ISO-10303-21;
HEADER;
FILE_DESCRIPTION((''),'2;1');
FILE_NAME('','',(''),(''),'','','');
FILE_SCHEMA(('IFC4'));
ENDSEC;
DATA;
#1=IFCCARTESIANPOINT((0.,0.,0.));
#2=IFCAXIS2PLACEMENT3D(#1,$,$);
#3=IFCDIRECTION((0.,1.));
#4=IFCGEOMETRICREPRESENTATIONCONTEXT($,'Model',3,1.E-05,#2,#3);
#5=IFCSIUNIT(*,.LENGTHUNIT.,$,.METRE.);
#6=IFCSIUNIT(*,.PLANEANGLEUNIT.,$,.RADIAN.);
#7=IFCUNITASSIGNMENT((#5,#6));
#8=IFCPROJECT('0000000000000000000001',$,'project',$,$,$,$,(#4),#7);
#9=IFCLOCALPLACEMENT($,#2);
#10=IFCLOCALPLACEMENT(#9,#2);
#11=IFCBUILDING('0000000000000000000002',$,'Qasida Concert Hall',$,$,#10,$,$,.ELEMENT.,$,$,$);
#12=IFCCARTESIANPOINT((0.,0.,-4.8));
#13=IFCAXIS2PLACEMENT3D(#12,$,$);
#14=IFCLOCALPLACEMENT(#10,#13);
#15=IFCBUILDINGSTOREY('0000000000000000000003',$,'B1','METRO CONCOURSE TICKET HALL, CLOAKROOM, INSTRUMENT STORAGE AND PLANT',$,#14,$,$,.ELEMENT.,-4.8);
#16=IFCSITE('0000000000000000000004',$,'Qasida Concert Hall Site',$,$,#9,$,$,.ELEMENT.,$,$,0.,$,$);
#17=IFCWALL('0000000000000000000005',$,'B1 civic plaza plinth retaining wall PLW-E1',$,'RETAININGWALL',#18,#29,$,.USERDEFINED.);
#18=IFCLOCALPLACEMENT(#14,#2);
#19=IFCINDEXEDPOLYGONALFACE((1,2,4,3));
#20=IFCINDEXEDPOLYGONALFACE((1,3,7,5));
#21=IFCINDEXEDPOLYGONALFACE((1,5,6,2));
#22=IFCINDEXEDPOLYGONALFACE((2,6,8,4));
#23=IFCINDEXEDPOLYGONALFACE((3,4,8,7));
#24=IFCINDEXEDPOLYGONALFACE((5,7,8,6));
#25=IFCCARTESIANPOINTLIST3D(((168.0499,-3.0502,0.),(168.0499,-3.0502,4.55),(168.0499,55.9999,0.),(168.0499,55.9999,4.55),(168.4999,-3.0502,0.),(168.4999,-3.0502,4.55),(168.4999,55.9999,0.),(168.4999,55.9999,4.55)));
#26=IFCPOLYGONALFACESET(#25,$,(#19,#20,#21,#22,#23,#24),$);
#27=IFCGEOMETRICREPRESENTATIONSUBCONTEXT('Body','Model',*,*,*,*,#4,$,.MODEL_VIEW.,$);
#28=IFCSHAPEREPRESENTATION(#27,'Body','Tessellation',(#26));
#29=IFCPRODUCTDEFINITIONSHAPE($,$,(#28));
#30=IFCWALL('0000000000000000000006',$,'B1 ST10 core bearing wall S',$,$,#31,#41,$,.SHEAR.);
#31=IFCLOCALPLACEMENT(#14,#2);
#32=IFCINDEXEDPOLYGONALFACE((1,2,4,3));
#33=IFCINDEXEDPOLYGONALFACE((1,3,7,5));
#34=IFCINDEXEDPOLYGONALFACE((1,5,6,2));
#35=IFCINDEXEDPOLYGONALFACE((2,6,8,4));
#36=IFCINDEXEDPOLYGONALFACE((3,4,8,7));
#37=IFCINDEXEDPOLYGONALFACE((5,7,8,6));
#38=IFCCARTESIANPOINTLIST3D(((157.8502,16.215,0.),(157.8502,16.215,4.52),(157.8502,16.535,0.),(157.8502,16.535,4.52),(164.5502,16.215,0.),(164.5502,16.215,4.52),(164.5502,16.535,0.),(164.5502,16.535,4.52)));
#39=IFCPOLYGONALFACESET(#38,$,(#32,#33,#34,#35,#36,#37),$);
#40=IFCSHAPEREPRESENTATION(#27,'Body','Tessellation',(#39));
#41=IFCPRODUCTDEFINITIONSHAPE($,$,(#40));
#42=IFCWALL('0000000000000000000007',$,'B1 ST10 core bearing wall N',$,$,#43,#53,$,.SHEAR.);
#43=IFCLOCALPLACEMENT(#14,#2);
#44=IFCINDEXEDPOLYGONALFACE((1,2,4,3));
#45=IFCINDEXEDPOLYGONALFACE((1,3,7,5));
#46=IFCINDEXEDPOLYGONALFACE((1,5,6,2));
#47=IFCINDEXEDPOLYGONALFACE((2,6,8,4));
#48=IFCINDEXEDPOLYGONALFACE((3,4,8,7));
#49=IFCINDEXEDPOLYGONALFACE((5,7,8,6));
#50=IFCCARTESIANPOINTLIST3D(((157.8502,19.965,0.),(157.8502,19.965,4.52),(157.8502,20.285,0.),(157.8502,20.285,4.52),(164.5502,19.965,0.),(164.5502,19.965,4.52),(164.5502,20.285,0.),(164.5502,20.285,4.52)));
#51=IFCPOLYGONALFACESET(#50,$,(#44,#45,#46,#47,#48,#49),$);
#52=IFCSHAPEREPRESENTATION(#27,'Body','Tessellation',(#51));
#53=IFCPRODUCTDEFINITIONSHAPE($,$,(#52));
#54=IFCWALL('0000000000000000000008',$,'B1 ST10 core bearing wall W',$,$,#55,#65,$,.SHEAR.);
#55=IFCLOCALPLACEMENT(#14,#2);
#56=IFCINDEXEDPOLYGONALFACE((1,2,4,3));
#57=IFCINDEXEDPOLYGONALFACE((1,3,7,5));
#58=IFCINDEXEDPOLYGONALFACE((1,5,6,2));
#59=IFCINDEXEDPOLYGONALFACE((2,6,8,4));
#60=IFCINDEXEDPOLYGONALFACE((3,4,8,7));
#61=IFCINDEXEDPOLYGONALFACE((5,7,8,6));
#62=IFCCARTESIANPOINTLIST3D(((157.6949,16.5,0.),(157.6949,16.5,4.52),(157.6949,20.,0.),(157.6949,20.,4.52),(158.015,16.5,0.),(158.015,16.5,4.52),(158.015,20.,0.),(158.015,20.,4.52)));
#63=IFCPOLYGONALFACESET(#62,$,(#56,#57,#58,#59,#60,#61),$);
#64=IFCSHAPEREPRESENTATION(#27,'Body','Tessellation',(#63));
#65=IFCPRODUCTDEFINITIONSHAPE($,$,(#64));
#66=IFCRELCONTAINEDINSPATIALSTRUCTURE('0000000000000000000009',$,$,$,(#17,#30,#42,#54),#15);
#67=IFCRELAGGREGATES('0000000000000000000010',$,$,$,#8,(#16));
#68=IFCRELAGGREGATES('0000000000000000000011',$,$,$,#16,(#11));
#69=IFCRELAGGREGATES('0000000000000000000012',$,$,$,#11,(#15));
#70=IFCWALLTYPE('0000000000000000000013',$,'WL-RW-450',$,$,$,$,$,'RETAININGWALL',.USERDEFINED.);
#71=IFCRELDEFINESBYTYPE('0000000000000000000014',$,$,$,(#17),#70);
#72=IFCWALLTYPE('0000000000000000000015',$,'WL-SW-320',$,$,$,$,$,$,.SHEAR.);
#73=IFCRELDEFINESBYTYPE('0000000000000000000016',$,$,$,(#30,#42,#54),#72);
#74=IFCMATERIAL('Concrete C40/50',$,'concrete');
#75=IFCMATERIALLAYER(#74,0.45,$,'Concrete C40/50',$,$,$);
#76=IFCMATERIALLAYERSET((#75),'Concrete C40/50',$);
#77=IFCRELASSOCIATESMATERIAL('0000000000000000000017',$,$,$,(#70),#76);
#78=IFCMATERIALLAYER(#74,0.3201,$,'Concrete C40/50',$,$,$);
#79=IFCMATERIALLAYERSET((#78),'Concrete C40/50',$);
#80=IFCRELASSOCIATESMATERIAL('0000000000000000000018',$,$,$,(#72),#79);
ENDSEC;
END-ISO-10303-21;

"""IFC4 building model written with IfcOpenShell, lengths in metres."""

from ifc_helpers import new_model, si_unit, direction, frame, frame_2d, origin, place, context, subcontext, project, spatial, rectangle, extrude, material, layer, layer_set, type_object, element, save


model = new_model("IFC4")

# Units and contexts
model_context = context("Model", 3, precision=1e-05, world=origin(), true_north=direction((0.0, 1.0)))
body_context = subcontext(model_context, "Body", "Model", "MODEL_VIEW")
ifc_project = project(units=[si_unit("LENGTHUNIT", "METRE"), si_unit("PLANEANGLEUNIT", "RADIAN")], contexts=[model_context])

# Site, building, storey
site_placement = place(None, origin())
site = spatial("IfcSite", under=ifc_project, at=site_placement, Name="Qasida Concert Hall Site", CompositionType="ELEMENT", RefElevation=0.0)
building_placement = place(site_placement, origin())
building = spatial("IfcBuilding", under=site, at=building_placement, Name="Qasida Concert Hall", CompositionType="ELEMENT")
storey_placement = place(building_placement, frame((0.0, 0.0, -4.8)))
storey = spatial("IfcBuildingStorey", under=building, at=storey_placement, Name="B1", Description="METRO CONCOURSE TICKET HALL, CLOAKROOM, INSTRUMENT STORAGE AND PLANT", CompositionType="ELEMENT", Elevation=-4.8)

# Shared definitions
ifc_material_1 = material(Name="Concrete C40/50", Category="concrete")

# Walls
ifc_layer_1 = layer(ifc_material_1, 0.45, Name="Concrete C40/50")
ifc_layer_set_1 = layer_set([ifc_layer_1], Name="Concrete C40/50")
wall_type_1 = type_object("IfcWallType", Name="WL-RW-450", ElementType="RETAININGWALL", PredefinedType="USERDEFINED", material=ifc_layer_set_1)
wall_1_placement = place(storey_placement, frame((168.2749, -3.05, 0.0), z_axis=(0.0, 0.0, 1.0), x_axis=(0.0, 1.0, 0.0)))
element("IfcWall", 1, at=wall_1_placement, inside=storey, type_object=wall_type_1, Name="B1 civic plaza plinth retaining wall PLW-E1", ObjectType="RETAININGWALL", PredefinedType="USERDEFINED", context=body_context, shape_type="SweptSolid", body=[
    extrude(rectangle(XDim=59.05, YDim=0.45, at=frame_2d((29.5249, 0.0))), origin(), (0.0, 0.0, 1.0), 4.55),
])
ifc_layer_2 = layer(ifc_material_1, 0.3201, Name="Concrete C40/50")
ifc_layer_set_2 = layer_set([ifc_layer_2], Name="Concrete C40/50")
wall_type_2 = type_object("IfcWallType", Name="WL-SW-320", PredefinedType="SHEAR", material=ifc_layer_set_2)
for number, where, z_axis, x_axis, name in (
    (2, (157.8501, 16.375, 0.0), (0.0, 0.0, 1.0), (1.0, 0.0, 0.0), "B1 ST10 core bearing wall S"),
    (3, (157.8501, 20.125, 0.0), (0.0, 0.0, 1.0), (1.0, 0.0, 0.0), "B1 ST10 core bearing wall N"),
):
    element("IfcWall", number, at=place(storey_placement, frame(where, z_axis=z_axis, x_axis=x_axis)), inside=storey, type_object=wall_type_2, Name=name, PredefinedType="SHEAR", context=body_context, shape_type="SweptSolid", body=[
        extrude(rectangle(XDim=6.7, YDim=0.3201, at=frame_2d((3.3501, 0.0))), origin(), (0.0, 0.0, 1.0), 4.52),
    ])
wall_2_placement = place(storey_placement, frame((157.855, 16.5, 0.0), z_axis=(0.0, 0.0, 1.0), x_axis=(0.0, 1.0, 0.0)))
element("IfcWall", 4, at=wall_2_placement, inside=storey, type_object=wall_type_2, Name="B1 ST10 core bearing wall W", PredefinedType="SHEAR", context=body_context, shape_type="SweptSolid", body=[
    extrude(rectangle(XDim=3.5, YDim=0.3201, at=frame_2d((1.75, 0.0))), origin(), (0.0, 0.0, 1.0), 4.52),
])

save(model, "model.ifc")
